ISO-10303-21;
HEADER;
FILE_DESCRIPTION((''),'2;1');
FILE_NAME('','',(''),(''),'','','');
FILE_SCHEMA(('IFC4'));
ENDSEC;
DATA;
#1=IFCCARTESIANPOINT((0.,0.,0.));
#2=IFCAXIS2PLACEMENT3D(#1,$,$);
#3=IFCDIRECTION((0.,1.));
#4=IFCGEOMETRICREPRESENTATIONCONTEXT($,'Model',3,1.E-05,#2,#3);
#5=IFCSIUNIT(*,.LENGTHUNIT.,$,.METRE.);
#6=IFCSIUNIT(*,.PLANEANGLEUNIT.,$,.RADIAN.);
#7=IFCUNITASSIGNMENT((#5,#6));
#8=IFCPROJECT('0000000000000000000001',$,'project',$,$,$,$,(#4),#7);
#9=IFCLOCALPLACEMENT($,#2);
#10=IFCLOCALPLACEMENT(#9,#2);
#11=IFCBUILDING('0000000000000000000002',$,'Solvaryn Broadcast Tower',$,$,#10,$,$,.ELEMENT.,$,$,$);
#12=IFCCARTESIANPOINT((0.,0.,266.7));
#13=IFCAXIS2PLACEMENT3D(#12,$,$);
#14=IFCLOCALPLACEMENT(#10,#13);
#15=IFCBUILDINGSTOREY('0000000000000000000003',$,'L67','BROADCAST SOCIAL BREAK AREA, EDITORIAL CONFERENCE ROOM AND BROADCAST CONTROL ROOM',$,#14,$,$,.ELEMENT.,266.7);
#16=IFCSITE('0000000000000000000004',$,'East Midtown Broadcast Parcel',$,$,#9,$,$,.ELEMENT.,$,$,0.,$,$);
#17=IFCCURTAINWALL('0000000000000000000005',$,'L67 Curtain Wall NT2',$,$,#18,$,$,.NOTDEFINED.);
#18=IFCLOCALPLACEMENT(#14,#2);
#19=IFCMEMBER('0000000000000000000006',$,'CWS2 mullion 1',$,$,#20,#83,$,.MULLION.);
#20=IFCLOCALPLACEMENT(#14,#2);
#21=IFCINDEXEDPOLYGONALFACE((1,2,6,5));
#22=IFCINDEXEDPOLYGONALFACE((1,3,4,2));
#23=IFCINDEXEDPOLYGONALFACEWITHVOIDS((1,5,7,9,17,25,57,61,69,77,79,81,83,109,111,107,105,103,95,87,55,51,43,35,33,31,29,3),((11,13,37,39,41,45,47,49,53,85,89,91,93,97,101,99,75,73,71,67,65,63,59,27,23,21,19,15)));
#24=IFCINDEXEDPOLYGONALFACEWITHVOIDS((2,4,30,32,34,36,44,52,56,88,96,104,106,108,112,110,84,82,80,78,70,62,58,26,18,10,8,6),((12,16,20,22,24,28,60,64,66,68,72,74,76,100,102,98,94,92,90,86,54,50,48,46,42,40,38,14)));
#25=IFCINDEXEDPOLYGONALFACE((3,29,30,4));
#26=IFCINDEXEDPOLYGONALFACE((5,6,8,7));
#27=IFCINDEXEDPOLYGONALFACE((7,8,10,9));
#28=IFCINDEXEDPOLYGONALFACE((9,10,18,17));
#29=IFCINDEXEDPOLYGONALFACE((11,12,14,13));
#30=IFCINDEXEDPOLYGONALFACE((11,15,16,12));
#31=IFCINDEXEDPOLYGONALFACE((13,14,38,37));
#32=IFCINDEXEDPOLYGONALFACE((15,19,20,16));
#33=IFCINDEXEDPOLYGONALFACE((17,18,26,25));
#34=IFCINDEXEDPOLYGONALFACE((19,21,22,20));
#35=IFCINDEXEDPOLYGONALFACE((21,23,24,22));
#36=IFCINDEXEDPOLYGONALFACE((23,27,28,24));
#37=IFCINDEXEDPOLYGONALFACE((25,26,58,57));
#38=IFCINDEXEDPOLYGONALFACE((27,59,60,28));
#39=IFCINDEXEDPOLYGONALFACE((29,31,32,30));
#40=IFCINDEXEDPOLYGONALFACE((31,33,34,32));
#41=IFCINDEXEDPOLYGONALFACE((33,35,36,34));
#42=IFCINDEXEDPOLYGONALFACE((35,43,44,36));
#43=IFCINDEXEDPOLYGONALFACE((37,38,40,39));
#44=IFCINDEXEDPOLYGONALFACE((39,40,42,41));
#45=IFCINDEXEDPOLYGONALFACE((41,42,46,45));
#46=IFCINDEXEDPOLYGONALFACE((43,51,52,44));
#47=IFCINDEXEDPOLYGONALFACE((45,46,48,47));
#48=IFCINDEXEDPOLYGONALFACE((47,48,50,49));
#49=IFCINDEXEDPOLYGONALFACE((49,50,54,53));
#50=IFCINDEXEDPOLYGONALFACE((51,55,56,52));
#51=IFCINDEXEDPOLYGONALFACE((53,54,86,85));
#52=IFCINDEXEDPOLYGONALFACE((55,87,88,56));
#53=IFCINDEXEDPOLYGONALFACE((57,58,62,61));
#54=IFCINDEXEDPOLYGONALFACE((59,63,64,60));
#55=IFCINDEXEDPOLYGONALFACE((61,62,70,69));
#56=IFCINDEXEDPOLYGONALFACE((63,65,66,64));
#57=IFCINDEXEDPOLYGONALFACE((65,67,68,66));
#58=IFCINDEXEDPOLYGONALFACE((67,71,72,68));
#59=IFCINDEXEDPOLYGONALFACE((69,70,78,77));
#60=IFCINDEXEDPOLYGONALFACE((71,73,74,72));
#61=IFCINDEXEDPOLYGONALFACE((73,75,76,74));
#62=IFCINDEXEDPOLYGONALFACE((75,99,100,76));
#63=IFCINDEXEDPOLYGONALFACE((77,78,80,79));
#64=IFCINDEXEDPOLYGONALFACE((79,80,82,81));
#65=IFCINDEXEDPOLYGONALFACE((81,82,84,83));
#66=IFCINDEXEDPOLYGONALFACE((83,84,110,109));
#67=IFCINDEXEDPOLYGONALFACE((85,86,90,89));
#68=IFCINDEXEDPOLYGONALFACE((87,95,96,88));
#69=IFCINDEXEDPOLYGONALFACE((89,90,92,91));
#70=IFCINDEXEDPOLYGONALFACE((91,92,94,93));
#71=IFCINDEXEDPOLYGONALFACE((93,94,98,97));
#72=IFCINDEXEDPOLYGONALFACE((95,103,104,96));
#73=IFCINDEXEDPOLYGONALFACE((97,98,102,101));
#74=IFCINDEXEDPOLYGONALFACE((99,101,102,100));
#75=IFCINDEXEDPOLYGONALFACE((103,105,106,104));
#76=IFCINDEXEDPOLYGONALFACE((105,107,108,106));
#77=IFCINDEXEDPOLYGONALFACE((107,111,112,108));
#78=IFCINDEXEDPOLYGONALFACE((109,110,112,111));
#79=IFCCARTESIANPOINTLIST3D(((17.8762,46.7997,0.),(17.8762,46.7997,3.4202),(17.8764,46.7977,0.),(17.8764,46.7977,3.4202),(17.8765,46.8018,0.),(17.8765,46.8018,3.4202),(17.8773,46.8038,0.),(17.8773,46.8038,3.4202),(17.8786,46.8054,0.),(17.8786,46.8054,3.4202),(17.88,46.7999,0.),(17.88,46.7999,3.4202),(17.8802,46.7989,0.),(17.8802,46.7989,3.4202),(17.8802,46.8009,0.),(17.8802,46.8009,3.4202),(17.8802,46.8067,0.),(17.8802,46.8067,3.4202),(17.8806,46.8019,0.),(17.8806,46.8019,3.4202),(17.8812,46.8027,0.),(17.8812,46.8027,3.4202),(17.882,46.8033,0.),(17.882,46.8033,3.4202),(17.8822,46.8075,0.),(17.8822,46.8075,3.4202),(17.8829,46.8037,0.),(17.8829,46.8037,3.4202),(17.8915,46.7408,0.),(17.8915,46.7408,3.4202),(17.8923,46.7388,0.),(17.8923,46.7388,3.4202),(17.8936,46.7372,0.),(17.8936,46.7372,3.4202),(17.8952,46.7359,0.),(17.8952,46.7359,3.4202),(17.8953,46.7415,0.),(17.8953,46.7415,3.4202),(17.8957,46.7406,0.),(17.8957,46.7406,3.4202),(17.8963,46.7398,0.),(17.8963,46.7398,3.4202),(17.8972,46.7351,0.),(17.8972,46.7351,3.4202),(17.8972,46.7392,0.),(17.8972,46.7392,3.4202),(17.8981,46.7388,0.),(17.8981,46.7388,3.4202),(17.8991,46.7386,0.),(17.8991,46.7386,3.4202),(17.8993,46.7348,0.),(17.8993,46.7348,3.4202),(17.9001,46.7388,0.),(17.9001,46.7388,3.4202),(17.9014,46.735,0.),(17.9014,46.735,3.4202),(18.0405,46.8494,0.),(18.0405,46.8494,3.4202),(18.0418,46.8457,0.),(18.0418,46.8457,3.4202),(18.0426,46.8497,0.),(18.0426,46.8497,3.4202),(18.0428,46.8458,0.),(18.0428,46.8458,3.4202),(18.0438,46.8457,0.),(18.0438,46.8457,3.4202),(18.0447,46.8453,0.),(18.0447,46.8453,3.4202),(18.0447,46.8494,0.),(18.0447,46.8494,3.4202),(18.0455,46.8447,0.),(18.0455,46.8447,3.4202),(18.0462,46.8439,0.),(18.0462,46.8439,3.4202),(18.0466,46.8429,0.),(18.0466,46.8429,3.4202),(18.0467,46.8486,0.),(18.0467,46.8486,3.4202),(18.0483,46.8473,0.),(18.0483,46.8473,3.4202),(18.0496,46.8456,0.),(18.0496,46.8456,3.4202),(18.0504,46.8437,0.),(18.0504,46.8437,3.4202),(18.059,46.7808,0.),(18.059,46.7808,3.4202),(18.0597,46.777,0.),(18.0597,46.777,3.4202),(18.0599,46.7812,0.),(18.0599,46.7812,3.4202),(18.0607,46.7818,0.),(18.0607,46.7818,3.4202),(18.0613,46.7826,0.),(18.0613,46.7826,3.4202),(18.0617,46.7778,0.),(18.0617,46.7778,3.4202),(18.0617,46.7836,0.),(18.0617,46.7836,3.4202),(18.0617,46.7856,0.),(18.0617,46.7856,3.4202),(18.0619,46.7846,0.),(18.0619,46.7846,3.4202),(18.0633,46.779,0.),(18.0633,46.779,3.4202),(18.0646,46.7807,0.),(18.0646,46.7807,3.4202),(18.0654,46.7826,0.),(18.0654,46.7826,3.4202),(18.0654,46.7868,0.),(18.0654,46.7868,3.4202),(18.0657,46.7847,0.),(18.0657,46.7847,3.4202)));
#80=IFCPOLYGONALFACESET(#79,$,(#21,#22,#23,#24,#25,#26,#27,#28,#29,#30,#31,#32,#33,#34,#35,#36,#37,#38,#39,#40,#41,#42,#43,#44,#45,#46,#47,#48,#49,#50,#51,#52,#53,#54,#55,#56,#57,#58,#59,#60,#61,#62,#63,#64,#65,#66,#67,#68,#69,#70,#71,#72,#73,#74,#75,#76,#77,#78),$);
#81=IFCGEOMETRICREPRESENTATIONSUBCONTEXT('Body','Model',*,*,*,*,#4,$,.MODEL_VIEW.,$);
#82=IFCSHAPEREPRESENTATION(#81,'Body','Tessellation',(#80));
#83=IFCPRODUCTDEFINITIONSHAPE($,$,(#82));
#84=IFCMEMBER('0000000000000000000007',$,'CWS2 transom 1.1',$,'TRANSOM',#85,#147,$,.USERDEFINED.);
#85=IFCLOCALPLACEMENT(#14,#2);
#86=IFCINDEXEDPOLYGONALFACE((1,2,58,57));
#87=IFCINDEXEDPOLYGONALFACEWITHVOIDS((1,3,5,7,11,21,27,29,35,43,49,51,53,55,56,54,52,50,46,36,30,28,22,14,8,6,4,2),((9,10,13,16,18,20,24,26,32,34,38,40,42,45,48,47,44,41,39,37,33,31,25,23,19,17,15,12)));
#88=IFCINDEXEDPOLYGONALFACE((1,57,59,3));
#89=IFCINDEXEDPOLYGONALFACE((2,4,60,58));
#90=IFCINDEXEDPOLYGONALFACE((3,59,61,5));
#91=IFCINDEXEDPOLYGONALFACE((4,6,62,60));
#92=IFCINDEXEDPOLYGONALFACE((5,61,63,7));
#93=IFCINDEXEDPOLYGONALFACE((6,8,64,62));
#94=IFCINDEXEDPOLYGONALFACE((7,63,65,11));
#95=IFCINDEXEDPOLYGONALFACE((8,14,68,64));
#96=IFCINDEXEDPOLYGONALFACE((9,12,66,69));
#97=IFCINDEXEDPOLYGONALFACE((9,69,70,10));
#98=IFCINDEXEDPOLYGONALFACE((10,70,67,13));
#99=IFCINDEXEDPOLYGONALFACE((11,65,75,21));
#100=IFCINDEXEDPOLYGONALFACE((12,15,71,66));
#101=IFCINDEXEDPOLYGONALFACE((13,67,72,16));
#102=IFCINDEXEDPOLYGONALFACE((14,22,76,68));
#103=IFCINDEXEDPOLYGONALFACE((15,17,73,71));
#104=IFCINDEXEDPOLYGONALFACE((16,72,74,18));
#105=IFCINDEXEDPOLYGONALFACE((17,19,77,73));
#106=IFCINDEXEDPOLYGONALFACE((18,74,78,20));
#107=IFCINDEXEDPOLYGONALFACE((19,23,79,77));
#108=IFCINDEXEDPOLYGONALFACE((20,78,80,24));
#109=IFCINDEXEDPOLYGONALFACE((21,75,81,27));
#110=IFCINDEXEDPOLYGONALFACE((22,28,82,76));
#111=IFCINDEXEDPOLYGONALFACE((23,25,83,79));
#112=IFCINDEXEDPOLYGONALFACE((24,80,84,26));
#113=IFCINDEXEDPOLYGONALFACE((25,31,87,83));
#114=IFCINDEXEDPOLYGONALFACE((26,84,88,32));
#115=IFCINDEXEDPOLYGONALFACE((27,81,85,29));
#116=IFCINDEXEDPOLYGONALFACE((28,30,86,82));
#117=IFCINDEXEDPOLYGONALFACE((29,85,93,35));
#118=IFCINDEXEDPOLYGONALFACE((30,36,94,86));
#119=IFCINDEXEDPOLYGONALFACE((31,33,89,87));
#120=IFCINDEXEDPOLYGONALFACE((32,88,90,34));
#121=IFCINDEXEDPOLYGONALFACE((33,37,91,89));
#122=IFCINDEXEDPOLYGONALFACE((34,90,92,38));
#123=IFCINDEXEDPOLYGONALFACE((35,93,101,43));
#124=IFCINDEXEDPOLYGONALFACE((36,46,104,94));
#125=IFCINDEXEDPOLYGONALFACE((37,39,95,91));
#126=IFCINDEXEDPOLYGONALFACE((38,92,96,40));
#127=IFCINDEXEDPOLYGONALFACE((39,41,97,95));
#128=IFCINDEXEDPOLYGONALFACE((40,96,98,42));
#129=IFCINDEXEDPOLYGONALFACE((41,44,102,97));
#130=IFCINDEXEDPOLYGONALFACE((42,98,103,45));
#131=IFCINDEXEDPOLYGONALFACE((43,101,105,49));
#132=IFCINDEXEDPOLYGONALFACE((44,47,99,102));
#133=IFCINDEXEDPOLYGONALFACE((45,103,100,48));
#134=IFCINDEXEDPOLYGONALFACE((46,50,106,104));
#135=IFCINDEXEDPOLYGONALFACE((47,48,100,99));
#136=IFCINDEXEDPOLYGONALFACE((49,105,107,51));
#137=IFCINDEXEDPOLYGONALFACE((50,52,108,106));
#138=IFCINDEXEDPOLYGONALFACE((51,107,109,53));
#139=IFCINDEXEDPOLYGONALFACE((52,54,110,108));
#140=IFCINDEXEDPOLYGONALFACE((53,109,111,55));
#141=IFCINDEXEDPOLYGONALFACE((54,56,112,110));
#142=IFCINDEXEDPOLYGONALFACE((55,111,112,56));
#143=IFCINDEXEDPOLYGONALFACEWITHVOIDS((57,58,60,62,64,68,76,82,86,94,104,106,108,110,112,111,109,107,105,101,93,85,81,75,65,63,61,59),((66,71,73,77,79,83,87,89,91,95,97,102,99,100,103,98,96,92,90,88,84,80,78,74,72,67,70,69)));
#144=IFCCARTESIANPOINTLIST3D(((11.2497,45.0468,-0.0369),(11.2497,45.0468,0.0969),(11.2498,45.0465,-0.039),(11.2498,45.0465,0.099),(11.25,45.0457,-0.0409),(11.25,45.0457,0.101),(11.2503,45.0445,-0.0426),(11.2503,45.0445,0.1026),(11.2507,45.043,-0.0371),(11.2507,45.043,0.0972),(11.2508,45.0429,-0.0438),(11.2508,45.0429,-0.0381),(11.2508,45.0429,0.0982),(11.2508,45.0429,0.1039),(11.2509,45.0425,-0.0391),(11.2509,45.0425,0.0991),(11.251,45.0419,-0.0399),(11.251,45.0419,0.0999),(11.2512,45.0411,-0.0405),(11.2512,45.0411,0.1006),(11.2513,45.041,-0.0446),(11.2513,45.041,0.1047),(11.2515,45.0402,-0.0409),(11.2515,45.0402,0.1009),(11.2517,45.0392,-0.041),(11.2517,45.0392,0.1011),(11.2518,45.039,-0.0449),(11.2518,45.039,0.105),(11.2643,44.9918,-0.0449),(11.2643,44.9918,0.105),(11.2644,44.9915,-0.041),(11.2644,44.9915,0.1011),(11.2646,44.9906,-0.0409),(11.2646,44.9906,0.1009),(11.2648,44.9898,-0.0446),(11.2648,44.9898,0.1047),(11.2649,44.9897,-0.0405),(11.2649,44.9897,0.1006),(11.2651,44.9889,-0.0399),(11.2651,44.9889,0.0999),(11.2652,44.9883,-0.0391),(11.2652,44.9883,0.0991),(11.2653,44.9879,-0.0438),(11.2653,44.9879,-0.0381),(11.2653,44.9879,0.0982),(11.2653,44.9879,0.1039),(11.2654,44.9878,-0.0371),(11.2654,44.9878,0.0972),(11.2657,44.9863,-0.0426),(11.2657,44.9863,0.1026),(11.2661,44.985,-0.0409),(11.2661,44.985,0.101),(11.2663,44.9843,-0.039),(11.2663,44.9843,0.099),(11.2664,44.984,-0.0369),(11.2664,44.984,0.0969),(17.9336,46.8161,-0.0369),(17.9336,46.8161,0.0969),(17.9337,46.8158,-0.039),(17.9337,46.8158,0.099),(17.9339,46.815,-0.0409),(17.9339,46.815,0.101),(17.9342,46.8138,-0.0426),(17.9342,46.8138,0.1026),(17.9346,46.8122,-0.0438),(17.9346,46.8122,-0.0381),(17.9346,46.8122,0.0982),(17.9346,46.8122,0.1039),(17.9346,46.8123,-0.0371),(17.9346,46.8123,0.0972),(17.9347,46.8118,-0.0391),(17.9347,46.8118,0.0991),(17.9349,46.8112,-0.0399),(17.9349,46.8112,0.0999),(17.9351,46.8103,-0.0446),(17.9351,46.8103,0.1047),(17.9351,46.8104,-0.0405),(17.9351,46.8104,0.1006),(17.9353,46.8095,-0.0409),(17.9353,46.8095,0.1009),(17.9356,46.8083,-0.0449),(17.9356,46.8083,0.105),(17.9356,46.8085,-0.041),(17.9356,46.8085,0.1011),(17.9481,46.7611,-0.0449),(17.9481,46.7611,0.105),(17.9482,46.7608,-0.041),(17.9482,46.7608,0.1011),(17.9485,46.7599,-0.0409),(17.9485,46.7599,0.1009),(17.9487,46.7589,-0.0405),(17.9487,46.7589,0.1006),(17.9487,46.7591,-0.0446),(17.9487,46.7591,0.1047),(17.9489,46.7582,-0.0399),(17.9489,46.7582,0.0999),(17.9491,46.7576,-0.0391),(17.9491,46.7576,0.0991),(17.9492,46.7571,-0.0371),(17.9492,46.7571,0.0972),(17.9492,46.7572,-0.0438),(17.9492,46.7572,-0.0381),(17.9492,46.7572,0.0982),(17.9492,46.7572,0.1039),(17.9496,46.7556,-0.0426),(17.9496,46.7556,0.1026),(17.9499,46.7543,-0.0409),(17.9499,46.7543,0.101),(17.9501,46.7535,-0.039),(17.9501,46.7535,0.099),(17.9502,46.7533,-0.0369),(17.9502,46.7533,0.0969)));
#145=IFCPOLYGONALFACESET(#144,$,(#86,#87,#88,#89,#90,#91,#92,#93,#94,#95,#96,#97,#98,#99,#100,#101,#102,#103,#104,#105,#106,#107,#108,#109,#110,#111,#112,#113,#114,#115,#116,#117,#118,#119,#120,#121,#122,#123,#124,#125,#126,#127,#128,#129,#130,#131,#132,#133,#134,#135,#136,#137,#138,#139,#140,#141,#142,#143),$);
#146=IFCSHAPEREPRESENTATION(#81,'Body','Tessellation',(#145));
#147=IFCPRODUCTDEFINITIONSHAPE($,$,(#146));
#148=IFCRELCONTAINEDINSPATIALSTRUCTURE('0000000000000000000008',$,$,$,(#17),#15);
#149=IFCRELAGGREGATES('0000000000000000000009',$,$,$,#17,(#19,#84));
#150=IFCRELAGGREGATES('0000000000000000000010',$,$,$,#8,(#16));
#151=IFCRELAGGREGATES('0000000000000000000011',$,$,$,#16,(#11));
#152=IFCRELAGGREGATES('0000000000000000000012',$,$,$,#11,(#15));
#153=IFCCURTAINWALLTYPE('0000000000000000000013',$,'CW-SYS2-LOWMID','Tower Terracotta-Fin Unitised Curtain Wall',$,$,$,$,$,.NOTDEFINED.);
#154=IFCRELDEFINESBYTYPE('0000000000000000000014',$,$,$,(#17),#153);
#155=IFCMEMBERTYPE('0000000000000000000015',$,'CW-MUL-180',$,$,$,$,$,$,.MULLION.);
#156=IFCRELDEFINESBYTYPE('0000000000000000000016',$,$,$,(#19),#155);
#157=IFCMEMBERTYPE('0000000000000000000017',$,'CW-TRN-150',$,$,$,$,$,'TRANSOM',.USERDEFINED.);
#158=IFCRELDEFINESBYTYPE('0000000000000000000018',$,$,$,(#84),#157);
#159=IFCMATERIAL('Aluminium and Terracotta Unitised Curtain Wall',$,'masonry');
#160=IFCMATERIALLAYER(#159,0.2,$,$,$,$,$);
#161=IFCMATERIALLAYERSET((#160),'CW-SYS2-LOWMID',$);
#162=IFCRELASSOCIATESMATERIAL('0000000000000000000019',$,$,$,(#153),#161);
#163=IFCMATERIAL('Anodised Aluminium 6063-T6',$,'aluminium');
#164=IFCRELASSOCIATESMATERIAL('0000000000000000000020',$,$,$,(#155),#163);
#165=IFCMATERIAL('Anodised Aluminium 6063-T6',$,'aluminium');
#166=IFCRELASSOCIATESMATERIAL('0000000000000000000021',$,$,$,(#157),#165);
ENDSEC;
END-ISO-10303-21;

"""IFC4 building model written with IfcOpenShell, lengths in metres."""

from ifc_helpers import new_model, si_unit, direction, frame, origin, origin_2d, place, context, subcontext, project, spatial, hollow_rectangle, extrude, material, layer, layer_set, material_profile, profile_set, type_object, element, aggregate, save


model = new_model("IFC4")

# Units and contexts
model_context = context("Model", 3, precision=1e-05, world=origin(), true_north=direction((0.0, 1.0)))
body_context = subcontext(model_context, "Body", "Model", "MODEL_VIEW")
ifc_project = project(units=[si_unit("LENGTHUNIT", "METRE"), si_unit("PLANEANGLEUNIT", "RADIAN")], contexts=[model_context])

# Site, building, storey
site_placement = place(None, origin())
site = spatial("IfcSite", under=ifc_project, at=site_placement, Name="East Midtown Broadcast Parcel", CompositionType="ELEMENT", RefElevation=0.0)
building_placement = place(site_placement, origin())
building = spatial("IfcBuilding", under=site, at=building_placement, Name="Solvaryn Broadcast Tower", CompositionType="ELEMENT")
storey_placement = place(building_placement, frame((0.0, 0.0, 266.7)))
storey = spatial("IfcBuildingStorey", under=building, at=storey_placement, Name="L67", Description="BROADCAST SOCIAL BREAK AREA, EDITORIAL CONFERENCE ROOM AND BROADCAST CONTROL ROOM", CompositionType="ELEMENT", Elevation=266.7)

# Shared definitions
ifc_material_1 = material(Name="Aluminium and Terracotta Unitised Curtain Wall", Category="masonry")
ifc_layer_1 = layer(ifc_material_1, 0.2)
ifc_layer_set_1 = layer_set([ifc_layer_1], Name="CW-SYS2-LOWMID")
curtain_wall_type = type_object("IfcCurtainWallType", Name="CW-SYS2-LOWMID", Description="Tower Terracotta-Fin Unitised Curtain Wall", PredefinedType="NOTDEFINED", material=ifc_layer_set_1)
ifc_material_2 = material(Name="Anodised Aluminium 6063-T6", Category="aluminium")
ifc_material_profile_1 = material_profile(ifc_material_2, hollow_rectangle(XDim=0.075, YDim=0.1799, WallThickness=0.0039, InnerFilletRadius=0.0039, OuterFilletRadius=0.0081, at=origin_2d()))
ifc_profile_set_1 = profile_set([ifc_material_profile_1], Name="Anodised Aluminium 6063-T6")
member_type_1 = type_object("IfcMemberType", Name="CW-MUL-180", PredefinedType="MULLION", material=ifc_profile_set_1)

# Curtain wall, members
curtain_wall_1_placement = place(storey_placement, origin())
curtain_wall_1 = element("IfcCurtainWall", 1, at=curtain_wall_1_placement, inside=storey, type_object=curtain_wall_type, Name="L67 Curtain Wall NT2", PredefinedType="NOTDEFINED")
member_1_placement = place(storey_placement, frame((17.9709, 46.7922, 0.0), z_axis=(0.0, 0.0, 1.0), x_axis=(0.255893, -0.966705, 0.0)))
member_1 = element("IfcMember", 2, at=member_1_placement, type_object=member_type_1, Name="CWS2 mullion 1", PredefinedType="MULLION", context=body_context, shape_type="SweptSolid", body=[
    extrude(hollow_rectangle(XDim=0.075, YDim=0.1799, WallThickness=0.0039, InnerFilletRadius=0.0039, OuterFilletRadius=0.0081, at=origin_2d()), origin(), (0.0, 0.0, 1.0), 3.4202),
])
ifc_material_3 = material(Name="Anodised Aluminium 6063-T6", Category="aluminium")
ifc_material_profile_2 = material_profile(ifc_material_3, hollow_rectangle(XDim=0.0649, YDim=0.1499, WallThickness=0.0039, InnerFilletRadius=0.0039, OuterFilletRadius=0.0081, at=origin_2d()))
ifc_profile_set_2 = profile_set([ifc_material_profile_2], Name="Anodised Aluminium 6063-T6")
member_type_2 = type_object("IfcMemberType", Name="CW-TRN-150", ElementType="TRANSOM", PredefinedType="USERDEFINED", material=ifc_profile_set_2)
member_2_placement = place(storey_placement, frame((17.9419, 46.7847, 0.03), z_axis=(-0.966704, -0.255897, 0.0), x_axis=(0.255897, -0.966704, 0.0)))
member_2 = element("IfcMember", 3, at=member_2_placement, type_object=member_type_2, Name="CWS2 transom 1.1", ObjectType="TRANSOM", PredefinedType="USERDEFINED", context=body_context, shape_type="SweptSolid", body=[
    extrude(hollow_rectangle(XDim=0.0649, YDim=0.1499, WallThickness=0.0039, InnerFilletRadius=0.0039, OuterFilletRadius=0.0081, at=origin_2d()), origin(), (0.0, 0.0, 1.0), 6.9141),
])
aggregate(curtain_wall_1, [member_1, member_2])

save(model, "model.ifc")
